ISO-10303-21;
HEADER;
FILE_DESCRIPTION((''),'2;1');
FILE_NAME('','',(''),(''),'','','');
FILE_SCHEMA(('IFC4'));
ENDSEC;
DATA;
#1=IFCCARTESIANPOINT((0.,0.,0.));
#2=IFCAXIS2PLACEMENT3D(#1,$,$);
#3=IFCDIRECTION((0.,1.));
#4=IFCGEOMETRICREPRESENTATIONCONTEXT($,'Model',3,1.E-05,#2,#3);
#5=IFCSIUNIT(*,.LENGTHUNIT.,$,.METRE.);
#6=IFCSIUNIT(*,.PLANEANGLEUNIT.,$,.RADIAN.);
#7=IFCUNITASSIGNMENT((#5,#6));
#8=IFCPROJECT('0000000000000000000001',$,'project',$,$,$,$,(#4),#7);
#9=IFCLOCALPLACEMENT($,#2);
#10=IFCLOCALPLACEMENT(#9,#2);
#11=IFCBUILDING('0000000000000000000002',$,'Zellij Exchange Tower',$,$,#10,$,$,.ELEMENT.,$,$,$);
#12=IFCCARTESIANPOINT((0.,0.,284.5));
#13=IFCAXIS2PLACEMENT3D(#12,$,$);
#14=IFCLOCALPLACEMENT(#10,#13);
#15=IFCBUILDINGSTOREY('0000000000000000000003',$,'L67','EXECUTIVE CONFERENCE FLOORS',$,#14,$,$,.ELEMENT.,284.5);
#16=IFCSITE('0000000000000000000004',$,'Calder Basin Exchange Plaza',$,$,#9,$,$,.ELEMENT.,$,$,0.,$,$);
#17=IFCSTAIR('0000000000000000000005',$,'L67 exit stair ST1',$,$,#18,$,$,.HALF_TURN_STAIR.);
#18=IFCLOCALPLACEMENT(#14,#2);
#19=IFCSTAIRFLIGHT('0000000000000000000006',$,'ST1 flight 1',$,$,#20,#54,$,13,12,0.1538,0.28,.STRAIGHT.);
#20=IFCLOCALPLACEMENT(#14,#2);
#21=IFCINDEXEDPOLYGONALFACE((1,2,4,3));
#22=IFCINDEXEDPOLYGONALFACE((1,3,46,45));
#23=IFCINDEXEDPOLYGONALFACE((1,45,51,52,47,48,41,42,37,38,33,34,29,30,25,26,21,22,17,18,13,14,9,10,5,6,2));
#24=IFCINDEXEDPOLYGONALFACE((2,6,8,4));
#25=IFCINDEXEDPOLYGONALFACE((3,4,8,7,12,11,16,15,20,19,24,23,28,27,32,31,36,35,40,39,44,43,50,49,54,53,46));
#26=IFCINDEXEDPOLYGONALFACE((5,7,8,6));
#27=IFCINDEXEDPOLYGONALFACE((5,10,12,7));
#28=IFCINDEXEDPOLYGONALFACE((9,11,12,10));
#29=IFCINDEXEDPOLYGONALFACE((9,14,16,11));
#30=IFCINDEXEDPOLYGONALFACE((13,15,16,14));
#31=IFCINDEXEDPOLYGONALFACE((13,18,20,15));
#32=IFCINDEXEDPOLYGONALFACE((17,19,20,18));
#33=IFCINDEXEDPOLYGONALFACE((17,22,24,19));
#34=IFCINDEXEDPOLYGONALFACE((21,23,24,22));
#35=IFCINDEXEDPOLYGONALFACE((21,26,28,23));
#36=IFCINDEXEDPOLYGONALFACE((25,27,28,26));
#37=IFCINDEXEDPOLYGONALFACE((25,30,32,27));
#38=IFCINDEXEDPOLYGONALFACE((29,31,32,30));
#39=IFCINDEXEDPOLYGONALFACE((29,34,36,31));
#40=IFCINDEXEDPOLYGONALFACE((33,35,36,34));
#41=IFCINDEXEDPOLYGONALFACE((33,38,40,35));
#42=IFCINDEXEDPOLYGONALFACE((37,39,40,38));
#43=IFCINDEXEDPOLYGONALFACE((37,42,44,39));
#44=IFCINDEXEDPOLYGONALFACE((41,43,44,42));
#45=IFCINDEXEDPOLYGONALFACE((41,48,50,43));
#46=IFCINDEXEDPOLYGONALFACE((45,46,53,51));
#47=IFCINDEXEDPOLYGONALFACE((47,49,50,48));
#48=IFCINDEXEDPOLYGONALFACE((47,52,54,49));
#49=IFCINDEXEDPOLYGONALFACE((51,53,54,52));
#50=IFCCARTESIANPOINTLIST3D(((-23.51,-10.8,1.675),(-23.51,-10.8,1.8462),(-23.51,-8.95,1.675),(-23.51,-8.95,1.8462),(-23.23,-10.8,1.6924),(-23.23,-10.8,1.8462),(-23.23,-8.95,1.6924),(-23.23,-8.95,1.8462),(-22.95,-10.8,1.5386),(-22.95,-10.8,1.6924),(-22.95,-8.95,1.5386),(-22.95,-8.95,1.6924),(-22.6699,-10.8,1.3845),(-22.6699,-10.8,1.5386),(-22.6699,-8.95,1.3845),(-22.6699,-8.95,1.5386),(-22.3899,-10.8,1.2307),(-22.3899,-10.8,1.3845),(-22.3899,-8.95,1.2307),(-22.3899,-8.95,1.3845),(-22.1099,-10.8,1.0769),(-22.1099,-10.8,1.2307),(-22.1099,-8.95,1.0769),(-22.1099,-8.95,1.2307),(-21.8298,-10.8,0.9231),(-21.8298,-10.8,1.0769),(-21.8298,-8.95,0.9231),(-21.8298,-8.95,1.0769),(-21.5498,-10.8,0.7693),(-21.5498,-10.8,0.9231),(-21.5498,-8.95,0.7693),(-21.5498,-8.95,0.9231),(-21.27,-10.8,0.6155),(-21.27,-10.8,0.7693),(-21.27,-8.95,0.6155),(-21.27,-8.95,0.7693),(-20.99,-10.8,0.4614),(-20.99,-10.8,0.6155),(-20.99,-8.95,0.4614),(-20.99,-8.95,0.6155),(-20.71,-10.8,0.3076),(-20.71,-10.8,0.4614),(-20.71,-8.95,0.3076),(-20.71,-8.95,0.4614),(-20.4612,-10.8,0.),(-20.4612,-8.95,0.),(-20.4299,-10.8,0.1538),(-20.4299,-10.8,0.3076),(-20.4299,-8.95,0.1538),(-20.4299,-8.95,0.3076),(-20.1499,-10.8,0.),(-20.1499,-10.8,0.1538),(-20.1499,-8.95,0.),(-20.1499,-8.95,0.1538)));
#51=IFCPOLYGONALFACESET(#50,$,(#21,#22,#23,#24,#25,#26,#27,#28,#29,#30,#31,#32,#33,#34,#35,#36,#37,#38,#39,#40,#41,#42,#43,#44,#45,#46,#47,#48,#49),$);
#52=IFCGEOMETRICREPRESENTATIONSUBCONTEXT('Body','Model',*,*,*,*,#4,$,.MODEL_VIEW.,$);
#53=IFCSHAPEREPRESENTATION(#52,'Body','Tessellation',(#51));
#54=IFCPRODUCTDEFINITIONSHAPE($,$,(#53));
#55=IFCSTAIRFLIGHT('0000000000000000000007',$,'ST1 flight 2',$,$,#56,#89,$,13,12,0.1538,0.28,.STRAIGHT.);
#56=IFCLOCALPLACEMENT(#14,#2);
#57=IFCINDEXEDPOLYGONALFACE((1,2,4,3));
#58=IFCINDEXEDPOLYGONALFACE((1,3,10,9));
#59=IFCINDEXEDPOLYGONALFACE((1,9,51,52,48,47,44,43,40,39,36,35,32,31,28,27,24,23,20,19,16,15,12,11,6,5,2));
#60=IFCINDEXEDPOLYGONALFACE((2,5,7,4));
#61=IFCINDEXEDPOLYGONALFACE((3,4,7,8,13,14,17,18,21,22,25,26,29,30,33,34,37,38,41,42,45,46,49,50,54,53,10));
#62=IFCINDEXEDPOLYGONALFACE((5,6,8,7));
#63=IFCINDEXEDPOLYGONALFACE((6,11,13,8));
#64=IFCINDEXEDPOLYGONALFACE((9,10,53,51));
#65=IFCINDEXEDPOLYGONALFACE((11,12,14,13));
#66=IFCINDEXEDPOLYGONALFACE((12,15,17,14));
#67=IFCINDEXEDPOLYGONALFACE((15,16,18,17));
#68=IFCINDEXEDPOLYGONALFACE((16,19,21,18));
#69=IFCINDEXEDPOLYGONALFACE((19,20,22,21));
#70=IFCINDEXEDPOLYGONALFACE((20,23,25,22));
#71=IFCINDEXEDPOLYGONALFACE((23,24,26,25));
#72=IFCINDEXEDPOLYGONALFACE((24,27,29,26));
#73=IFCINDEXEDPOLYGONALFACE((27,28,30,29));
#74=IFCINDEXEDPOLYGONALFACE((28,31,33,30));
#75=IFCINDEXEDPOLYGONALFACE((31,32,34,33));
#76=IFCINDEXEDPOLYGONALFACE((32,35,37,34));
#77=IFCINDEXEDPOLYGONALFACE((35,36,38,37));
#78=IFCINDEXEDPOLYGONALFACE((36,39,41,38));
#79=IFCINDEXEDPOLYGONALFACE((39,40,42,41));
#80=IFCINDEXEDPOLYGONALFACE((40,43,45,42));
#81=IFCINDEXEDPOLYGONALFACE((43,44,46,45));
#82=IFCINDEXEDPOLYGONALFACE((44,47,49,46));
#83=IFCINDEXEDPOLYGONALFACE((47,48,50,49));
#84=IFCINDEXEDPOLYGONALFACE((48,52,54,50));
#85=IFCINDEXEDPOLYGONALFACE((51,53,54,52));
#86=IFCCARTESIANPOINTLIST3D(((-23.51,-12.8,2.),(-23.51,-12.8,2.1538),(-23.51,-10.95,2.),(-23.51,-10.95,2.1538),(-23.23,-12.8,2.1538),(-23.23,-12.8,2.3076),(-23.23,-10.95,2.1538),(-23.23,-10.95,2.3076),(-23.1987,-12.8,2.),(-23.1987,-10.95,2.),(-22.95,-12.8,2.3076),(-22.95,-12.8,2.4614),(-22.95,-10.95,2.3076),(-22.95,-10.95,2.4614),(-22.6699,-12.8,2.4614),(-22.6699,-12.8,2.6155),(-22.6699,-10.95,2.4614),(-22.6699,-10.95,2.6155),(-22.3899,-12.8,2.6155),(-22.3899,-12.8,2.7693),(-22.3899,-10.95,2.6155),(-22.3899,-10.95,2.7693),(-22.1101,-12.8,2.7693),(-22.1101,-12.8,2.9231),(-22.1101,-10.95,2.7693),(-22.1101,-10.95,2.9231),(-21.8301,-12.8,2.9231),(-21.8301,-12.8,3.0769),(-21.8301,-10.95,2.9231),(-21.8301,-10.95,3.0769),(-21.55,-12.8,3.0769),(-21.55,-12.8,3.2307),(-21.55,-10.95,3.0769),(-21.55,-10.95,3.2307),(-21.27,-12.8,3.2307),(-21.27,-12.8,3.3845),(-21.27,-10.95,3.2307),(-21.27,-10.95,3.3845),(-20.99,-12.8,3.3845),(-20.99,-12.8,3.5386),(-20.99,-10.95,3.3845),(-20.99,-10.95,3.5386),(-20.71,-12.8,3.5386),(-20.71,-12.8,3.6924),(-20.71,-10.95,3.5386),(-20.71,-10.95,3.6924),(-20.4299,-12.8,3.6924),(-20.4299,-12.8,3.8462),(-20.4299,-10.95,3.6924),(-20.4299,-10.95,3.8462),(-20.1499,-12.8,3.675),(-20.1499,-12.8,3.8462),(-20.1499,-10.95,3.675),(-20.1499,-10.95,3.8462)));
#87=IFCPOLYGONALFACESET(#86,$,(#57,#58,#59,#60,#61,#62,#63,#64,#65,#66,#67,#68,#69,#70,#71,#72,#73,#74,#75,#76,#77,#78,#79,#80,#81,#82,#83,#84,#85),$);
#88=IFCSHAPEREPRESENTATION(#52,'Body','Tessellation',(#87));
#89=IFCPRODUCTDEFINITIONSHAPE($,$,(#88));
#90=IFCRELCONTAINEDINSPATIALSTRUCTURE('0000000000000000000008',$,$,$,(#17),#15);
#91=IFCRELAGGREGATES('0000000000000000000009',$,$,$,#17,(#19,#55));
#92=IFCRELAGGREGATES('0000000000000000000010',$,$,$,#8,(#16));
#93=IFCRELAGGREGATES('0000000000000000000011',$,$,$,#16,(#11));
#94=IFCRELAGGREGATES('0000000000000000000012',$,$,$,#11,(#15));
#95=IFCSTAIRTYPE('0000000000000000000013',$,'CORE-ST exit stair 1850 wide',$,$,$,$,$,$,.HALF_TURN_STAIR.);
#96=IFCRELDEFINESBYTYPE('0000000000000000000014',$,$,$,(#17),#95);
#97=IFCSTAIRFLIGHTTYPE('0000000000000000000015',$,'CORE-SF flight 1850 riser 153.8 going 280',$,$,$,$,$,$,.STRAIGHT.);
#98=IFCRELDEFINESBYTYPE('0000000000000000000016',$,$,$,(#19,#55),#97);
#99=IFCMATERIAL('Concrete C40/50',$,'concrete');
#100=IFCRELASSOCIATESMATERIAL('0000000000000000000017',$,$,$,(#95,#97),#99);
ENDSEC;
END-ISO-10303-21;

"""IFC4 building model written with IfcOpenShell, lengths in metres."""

from ifc_helpers import new_model, si_unit, direction, frame, origin, place, context, subcontext, project, spatial, polyline, outline, extrude, material, type_object, element, aggregate, save


model = new_model("IFC4")

# Units and contexts
model_context = context("Model", 3, precision=1e-05, world=origin(), true_north=direction((0.0, 1.0)))
body_context = subcontext(model_context, "Body", "Model", "MODEL_VIEW")
ifc_project = project(units=[si_unit("LENGTHUNIT", "METRE"), si_unit("PLANEANGLEUNIT", "RADIAN")], contexts=[model_context])

# Site, building, storey
site_placement = place(None, origin())
site = spatial("IfcSite", under=ifc_project, at=site_placement, Name="Calder Basin Exchange Plaza", CompositionType="ELEMENT", RefElevation=0.0)
building_placement = place(site_placement, origin())
building = spatial("IfcBuilding", under=site, at=building_placement, Name="Zellij Exchange Tower", CompositionType="ELEMENT")
storey_placement = place(building_placement, frame((0.0, 0.0, 284.5)))
storey = spatial("IfcBuildingStorey", under=building, at=storey_placement, Name="L67", Description="EXECUTIVE CONFERENCE FLOORS", CompositionType="ELEMENT", Elevation=284.5)

# Stair, stair flights
ifc_material_1 = material(Name="Concrete C40/50", Category="concrete")
stair_type = type_object("IfcStairType", Name="CORE-ST exit stair 1850 wide", PredefinedType="HALF_TURN_STAIR", material=ifc_material_1)
stair_placement = place(storey_placement, origin())
stair = element("IfcStair", 1, at=stair_placement, inside=storey, type_object=stair_type, Name="L67 exit stair ST1", PredefinedType="HALF_TURN_STAIR")
stair_flight_type = type_object("IfcStairFlightType", Name="CORE-SF flight 1850 riser 153.8 going 280", PredefinedType="STRAIGHT", material=ifc_material_1)
stair_flight_1_placement = place(storey_placement, frame((-20.1499, -9.875, 0.0), z_axis=(0.0, 0.0, 1.0), x_axis=(-1.0, 0.0, 0.0)))
stair_flight_1 = element("IfcStairFlight", 2, at=stair_flight_1_placement, type_object=stair_flight_type, Name="ST1 flight 1", NumberOfRisers=13, NumberOfTreads=12, PredefinedType="STRAIGHT", RiserHeight=0.1538, TreadLength=0.28, context=body_context, shape_type="SweptSolid", body=[
    extrude(outline(polyline([(0.0, 0.0), (0.0, 0.1538), (0.28, 0.1538), (0.28, 0.3076), (0.5601, 0.3076), (0.5601, 0.4614), (0.8401, 0.4614), (0.8401, 0.6155), (1.1201, 0.6155), (1.1201, 0.7693), (1.3999, 0.7693), (1.3999, 0.9231), (1.6799, 0.9231), (1.6799, 1.0769), (1.96, 1.0769), (1.96, 1.2307), (2.24, 1.2307), (2.24, 1.3845), (2.52, 1.3845), (2.52, 1.5386), (2.8, 1.5386), (2.8, 1.6924), (3.0801, 1.6924), (3.0801, 1.8462), (3.3601, 1.8462), (3.3601, 2.0), (3.3601, 1.675), (0.3113, 0.0), (0.0, 0.0)])), frame((0.0, 0.925, 0.0), z_axis=(0.0, -1.0, 0.0), x_axis=(1.0, 0.0, 0.0)), (0.0, 0.0, 1.0), 1.8501),
])
stair_flight_2_placement = place(storey_placement, frame((-23.51, -11.875, 2.0), z_axis=(0.0, 0.0, 1.0), x_axis=(1.0, 0.0, 0.0)))
stair_flight_2 = element("IfcStairFlight", 3, at=stair_flight_2_placement, type_object=stair_flight_type, Name="ST1 flight 2", NumberOfRisers=13, NumberOfTreads=12, PredefinedType="STRAIGHT", RiserHeight=0.1538, TreadLength=0.28, context=body_context, shape_type="SweptSolid", body=[
    extrude(outline(polyline([(0.0, 0.0), (0.0, 0.1538), (0.28, 0.1538), (0.28, 0.3076), (0.5601, 0.3076), (0.5601, 0.4614), (0.8401, 0.4614), (0.8401, 0.6155), (1.1201, 0.6155), (1.1201, 0.7693), (1.3999, 0.7693), (1.3999, 0.9231), (1.6799, 0.9231), (1.6799, 1.0769), (1.96, 1.0769), (1.96, 1.2307), (2.24, 1.2307), (2.24, 1.3845), (2.52, 1.3845), (2.52, 1.5386), (2.8, 1.5386), (2.8, 1.6924), (3.0801, 1.6924), (3.0801, 1.8462), (3.3601, 1.8462), (3.3601, 2.0), (3.3601, 1.675), (0.3113, 0.0), (0.0, 0.0)])), frame((0.0, 0.925, 0.0), z_axis=(0.0, -1.0, 0.0), x_axis=(1.0, 0.0, 0.0)), (0.0, 0.0, 1.0), 1.8501),
])
aggregate(stair, [stair_flight_1, stair_flight_2])

save(model, "model.ifc")
